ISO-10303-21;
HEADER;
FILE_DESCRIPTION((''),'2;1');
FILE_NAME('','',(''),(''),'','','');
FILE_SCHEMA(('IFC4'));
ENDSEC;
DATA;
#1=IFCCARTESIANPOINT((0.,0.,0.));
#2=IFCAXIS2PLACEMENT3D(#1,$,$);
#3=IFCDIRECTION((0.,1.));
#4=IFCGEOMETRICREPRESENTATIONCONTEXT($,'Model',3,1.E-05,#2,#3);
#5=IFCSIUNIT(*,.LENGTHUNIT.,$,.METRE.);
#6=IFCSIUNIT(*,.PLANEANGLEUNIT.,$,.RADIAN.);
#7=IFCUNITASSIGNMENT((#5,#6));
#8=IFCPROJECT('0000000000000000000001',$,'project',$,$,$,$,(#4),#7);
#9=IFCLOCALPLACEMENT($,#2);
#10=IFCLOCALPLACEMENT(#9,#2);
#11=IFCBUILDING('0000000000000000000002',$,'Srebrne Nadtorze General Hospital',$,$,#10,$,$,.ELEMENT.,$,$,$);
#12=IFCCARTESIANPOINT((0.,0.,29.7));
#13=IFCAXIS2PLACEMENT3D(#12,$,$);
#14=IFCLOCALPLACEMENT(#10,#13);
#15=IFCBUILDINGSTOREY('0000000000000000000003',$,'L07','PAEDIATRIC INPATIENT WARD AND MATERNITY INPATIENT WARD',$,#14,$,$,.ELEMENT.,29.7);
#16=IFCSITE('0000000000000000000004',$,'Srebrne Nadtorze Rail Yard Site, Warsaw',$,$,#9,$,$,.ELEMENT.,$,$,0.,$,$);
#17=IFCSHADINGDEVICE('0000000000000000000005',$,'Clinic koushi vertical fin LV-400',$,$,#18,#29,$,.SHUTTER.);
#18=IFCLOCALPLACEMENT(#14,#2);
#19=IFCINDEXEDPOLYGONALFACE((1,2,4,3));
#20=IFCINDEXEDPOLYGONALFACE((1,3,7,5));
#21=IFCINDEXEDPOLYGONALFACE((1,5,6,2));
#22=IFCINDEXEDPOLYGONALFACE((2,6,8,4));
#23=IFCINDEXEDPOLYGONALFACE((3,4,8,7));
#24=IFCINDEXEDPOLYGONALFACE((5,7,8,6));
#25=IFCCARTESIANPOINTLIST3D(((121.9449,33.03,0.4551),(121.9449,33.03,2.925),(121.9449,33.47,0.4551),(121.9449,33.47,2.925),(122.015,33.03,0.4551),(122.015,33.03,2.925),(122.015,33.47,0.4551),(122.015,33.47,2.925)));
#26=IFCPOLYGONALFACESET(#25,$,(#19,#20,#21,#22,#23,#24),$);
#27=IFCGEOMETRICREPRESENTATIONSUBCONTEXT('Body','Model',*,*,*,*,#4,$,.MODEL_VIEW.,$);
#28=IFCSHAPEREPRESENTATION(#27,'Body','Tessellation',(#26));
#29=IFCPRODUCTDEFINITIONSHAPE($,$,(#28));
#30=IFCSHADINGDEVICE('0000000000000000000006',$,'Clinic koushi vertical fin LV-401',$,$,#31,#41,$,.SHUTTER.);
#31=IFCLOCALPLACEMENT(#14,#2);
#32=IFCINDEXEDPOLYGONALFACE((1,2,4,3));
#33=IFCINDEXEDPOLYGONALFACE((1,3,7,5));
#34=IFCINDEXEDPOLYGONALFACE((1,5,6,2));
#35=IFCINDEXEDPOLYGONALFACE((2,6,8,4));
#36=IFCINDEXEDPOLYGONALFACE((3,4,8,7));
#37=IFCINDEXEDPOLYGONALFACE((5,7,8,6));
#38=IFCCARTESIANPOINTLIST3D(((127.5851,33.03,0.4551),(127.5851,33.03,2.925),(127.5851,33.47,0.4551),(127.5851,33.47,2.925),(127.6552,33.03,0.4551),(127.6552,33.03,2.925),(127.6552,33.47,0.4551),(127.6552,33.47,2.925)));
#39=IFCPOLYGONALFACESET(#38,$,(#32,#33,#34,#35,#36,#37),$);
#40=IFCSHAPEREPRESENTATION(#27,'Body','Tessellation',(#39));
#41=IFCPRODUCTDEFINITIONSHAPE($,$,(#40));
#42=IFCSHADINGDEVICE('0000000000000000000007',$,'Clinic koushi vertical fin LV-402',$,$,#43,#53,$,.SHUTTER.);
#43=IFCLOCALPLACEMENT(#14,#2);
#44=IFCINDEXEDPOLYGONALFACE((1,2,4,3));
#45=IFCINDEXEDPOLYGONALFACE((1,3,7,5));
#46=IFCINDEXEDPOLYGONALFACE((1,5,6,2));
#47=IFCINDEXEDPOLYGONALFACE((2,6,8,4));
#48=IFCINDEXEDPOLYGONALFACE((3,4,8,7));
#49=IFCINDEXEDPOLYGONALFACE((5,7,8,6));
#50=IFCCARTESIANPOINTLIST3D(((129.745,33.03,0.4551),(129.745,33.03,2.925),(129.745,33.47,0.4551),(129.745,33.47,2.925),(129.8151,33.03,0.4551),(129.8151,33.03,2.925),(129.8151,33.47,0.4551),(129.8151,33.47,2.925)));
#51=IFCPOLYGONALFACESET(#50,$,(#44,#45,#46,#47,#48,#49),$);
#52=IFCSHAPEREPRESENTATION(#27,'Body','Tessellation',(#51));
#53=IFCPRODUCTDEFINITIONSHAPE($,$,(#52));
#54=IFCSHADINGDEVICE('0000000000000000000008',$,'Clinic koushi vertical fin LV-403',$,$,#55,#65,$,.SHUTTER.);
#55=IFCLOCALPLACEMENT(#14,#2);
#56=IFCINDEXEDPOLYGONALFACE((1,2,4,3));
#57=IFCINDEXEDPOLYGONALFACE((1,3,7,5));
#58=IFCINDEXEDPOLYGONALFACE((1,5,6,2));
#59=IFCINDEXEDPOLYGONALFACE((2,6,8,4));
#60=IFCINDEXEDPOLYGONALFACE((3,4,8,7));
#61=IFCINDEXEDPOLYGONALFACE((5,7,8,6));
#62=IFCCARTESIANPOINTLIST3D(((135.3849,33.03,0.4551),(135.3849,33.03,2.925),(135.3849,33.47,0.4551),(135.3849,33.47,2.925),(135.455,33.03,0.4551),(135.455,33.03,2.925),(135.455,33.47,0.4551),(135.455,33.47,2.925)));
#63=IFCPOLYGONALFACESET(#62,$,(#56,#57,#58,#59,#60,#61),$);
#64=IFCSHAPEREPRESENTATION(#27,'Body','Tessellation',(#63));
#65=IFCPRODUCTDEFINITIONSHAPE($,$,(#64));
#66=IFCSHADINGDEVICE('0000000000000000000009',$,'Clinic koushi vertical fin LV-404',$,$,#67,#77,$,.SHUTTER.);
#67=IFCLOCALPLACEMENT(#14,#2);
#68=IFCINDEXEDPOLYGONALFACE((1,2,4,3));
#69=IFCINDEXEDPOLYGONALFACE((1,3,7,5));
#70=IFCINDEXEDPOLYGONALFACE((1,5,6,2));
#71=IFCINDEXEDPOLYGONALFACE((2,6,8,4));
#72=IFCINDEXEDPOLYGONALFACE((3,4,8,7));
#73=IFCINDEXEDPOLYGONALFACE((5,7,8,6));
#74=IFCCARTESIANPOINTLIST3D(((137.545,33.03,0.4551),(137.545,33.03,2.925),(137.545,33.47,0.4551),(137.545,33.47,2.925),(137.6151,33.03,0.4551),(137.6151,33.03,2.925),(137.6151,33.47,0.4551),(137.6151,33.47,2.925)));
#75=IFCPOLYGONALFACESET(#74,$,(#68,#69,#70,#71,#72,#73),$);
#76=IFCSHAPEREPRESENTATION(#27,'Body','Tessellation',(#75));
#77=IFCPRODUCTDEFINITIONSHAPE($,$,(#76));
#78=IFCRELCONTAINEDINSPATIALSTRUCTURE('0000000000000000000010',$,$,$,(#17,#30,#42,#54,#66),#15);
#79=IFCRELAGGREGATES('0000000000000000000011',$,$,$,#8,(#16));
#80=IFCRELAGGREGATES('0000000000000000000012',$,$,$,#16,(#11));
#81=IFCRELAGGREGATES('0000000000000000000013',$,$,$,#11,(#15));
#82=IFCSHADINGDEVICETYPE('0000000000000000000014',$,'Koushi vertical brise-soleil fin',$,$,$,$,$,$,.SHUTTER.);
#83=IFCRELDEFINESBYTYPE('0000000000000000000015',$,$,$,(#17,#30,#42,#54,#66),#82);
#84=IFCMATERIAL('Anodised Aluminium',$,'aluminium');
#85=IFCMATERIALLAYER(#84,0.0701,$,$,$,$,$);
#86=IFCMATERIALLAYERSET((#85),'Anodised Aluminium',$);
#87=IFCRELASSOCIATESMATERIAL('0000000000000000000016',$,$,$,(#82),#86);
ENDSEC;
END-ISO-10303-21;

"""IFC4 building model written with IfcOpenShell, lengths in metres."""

from ifc_helpers import new_model, si_unit, direction, frame, origin, origin_2d, place, context, subcontext, project, spatial, rectangle, extrude, material, layer, layer_set, type_object, element, save


model = new_model("IFC4")

# Units and contexts
model_context = context("Model", 3, precision=1e-05, world=origin(), true_north=direction((0.0, 1.0)))
body_context = subcontext(model_context, "Body", "Model", "MODEL_VIEW")
ifc_project = project(units=[si_unit("LENGTHUNIT", "METRE"), si_unit("PLANEANGLEUNIT", "RADIAN")], contexts=[model_context])

# Site, building, storey
site_placement = place(None, origin())
site = spatial("IfcSite", under=ifc_project, at=site_placement, Name="Srebrne Nadtorze Rail Yard Site, Warsaw", CompositionType="ELEMENT", RefElevation=0.0)
building_placement = place(site_placement, origin())
building = spatial("IfcBuilding", under=site, at=building_placement, Name="Srebrne Nadtorze General Hospital", CompositionType="ELEMENT")
storey_placement = place(building_placement, frame((0.0, 0.0, 29.7)))
storey = spatial("IfcBuildingStorey", under=building, at=storey_placement, Name="L07", Description="PAEDIATRIC INPATIENT WARD AND MATERNITY INPATIENT WARD", CompositionType="ELEMENT", Elevation=29.7)

# Shading devices
ifc_material_1 = material(Name="Anodised Aluminium", Category="aluminium")
ifc_layer_1 = layer(ifc_material_1, 0.0701)
ifc_layer_set_1 = layer_set([ifc_layer_1], Name="Anodised Aluminium")
shading_device_type = type_object("IfcShadingDeviceType", Name="Koushi vertical brise-soleil fin", PredefinedType="SHUTTER", material=ifc_layer_set_1)
for number, where, z_axis, x_axis, name in (
    (1, (121.98, 33.25, 0.4551), (0.0, 0.0, 1.0), (1.0, 0.0, 0.0), "Clinic koushi vertical fin LV-400"),
    (2, (127.6201, 33.25, 0.4551), (0.0, 0.0, 1.0), (1.0, 0.0, 0.0), "Clinic koushi vertical fin LV-401"),
    (3, (129.78, 33.25, 0.4551), (0.0, 0.0, 1.0), (1.0, 0.0, 0.0), "Clinic koushi vertical fin LV-402"),
    (4, (135.4199, 33.25, 0.4551), (0.0, 0.0, 1.0), (1.0, 0.0, 0.0), "Clinic koushi vertical fin LV-403"),
    (5, (137.5801, 33.25, 0.4551), (0.0, 0.0, 1.0), (1.0, 0.0, 0.0), "Clinic koushi vertical fin LV-404"),
):
    element("IfcShadingDevice", number, at=place(storey_placement, frame(where, z_axis=z_axis, x_axis=x_axis)), inside=storey, type_object=shading_device_type, Name=name, PredefinedType="SHUTTER", context=body_context, shape_type="SweptSolid", body=[
        extrude(rectangle(XDim=0.0701, YDim=0.4399, at=origin_2d()), origin(), (0.0, 0.0, 1.0), 2.47),
    ])

save(model, "model.ifc")
